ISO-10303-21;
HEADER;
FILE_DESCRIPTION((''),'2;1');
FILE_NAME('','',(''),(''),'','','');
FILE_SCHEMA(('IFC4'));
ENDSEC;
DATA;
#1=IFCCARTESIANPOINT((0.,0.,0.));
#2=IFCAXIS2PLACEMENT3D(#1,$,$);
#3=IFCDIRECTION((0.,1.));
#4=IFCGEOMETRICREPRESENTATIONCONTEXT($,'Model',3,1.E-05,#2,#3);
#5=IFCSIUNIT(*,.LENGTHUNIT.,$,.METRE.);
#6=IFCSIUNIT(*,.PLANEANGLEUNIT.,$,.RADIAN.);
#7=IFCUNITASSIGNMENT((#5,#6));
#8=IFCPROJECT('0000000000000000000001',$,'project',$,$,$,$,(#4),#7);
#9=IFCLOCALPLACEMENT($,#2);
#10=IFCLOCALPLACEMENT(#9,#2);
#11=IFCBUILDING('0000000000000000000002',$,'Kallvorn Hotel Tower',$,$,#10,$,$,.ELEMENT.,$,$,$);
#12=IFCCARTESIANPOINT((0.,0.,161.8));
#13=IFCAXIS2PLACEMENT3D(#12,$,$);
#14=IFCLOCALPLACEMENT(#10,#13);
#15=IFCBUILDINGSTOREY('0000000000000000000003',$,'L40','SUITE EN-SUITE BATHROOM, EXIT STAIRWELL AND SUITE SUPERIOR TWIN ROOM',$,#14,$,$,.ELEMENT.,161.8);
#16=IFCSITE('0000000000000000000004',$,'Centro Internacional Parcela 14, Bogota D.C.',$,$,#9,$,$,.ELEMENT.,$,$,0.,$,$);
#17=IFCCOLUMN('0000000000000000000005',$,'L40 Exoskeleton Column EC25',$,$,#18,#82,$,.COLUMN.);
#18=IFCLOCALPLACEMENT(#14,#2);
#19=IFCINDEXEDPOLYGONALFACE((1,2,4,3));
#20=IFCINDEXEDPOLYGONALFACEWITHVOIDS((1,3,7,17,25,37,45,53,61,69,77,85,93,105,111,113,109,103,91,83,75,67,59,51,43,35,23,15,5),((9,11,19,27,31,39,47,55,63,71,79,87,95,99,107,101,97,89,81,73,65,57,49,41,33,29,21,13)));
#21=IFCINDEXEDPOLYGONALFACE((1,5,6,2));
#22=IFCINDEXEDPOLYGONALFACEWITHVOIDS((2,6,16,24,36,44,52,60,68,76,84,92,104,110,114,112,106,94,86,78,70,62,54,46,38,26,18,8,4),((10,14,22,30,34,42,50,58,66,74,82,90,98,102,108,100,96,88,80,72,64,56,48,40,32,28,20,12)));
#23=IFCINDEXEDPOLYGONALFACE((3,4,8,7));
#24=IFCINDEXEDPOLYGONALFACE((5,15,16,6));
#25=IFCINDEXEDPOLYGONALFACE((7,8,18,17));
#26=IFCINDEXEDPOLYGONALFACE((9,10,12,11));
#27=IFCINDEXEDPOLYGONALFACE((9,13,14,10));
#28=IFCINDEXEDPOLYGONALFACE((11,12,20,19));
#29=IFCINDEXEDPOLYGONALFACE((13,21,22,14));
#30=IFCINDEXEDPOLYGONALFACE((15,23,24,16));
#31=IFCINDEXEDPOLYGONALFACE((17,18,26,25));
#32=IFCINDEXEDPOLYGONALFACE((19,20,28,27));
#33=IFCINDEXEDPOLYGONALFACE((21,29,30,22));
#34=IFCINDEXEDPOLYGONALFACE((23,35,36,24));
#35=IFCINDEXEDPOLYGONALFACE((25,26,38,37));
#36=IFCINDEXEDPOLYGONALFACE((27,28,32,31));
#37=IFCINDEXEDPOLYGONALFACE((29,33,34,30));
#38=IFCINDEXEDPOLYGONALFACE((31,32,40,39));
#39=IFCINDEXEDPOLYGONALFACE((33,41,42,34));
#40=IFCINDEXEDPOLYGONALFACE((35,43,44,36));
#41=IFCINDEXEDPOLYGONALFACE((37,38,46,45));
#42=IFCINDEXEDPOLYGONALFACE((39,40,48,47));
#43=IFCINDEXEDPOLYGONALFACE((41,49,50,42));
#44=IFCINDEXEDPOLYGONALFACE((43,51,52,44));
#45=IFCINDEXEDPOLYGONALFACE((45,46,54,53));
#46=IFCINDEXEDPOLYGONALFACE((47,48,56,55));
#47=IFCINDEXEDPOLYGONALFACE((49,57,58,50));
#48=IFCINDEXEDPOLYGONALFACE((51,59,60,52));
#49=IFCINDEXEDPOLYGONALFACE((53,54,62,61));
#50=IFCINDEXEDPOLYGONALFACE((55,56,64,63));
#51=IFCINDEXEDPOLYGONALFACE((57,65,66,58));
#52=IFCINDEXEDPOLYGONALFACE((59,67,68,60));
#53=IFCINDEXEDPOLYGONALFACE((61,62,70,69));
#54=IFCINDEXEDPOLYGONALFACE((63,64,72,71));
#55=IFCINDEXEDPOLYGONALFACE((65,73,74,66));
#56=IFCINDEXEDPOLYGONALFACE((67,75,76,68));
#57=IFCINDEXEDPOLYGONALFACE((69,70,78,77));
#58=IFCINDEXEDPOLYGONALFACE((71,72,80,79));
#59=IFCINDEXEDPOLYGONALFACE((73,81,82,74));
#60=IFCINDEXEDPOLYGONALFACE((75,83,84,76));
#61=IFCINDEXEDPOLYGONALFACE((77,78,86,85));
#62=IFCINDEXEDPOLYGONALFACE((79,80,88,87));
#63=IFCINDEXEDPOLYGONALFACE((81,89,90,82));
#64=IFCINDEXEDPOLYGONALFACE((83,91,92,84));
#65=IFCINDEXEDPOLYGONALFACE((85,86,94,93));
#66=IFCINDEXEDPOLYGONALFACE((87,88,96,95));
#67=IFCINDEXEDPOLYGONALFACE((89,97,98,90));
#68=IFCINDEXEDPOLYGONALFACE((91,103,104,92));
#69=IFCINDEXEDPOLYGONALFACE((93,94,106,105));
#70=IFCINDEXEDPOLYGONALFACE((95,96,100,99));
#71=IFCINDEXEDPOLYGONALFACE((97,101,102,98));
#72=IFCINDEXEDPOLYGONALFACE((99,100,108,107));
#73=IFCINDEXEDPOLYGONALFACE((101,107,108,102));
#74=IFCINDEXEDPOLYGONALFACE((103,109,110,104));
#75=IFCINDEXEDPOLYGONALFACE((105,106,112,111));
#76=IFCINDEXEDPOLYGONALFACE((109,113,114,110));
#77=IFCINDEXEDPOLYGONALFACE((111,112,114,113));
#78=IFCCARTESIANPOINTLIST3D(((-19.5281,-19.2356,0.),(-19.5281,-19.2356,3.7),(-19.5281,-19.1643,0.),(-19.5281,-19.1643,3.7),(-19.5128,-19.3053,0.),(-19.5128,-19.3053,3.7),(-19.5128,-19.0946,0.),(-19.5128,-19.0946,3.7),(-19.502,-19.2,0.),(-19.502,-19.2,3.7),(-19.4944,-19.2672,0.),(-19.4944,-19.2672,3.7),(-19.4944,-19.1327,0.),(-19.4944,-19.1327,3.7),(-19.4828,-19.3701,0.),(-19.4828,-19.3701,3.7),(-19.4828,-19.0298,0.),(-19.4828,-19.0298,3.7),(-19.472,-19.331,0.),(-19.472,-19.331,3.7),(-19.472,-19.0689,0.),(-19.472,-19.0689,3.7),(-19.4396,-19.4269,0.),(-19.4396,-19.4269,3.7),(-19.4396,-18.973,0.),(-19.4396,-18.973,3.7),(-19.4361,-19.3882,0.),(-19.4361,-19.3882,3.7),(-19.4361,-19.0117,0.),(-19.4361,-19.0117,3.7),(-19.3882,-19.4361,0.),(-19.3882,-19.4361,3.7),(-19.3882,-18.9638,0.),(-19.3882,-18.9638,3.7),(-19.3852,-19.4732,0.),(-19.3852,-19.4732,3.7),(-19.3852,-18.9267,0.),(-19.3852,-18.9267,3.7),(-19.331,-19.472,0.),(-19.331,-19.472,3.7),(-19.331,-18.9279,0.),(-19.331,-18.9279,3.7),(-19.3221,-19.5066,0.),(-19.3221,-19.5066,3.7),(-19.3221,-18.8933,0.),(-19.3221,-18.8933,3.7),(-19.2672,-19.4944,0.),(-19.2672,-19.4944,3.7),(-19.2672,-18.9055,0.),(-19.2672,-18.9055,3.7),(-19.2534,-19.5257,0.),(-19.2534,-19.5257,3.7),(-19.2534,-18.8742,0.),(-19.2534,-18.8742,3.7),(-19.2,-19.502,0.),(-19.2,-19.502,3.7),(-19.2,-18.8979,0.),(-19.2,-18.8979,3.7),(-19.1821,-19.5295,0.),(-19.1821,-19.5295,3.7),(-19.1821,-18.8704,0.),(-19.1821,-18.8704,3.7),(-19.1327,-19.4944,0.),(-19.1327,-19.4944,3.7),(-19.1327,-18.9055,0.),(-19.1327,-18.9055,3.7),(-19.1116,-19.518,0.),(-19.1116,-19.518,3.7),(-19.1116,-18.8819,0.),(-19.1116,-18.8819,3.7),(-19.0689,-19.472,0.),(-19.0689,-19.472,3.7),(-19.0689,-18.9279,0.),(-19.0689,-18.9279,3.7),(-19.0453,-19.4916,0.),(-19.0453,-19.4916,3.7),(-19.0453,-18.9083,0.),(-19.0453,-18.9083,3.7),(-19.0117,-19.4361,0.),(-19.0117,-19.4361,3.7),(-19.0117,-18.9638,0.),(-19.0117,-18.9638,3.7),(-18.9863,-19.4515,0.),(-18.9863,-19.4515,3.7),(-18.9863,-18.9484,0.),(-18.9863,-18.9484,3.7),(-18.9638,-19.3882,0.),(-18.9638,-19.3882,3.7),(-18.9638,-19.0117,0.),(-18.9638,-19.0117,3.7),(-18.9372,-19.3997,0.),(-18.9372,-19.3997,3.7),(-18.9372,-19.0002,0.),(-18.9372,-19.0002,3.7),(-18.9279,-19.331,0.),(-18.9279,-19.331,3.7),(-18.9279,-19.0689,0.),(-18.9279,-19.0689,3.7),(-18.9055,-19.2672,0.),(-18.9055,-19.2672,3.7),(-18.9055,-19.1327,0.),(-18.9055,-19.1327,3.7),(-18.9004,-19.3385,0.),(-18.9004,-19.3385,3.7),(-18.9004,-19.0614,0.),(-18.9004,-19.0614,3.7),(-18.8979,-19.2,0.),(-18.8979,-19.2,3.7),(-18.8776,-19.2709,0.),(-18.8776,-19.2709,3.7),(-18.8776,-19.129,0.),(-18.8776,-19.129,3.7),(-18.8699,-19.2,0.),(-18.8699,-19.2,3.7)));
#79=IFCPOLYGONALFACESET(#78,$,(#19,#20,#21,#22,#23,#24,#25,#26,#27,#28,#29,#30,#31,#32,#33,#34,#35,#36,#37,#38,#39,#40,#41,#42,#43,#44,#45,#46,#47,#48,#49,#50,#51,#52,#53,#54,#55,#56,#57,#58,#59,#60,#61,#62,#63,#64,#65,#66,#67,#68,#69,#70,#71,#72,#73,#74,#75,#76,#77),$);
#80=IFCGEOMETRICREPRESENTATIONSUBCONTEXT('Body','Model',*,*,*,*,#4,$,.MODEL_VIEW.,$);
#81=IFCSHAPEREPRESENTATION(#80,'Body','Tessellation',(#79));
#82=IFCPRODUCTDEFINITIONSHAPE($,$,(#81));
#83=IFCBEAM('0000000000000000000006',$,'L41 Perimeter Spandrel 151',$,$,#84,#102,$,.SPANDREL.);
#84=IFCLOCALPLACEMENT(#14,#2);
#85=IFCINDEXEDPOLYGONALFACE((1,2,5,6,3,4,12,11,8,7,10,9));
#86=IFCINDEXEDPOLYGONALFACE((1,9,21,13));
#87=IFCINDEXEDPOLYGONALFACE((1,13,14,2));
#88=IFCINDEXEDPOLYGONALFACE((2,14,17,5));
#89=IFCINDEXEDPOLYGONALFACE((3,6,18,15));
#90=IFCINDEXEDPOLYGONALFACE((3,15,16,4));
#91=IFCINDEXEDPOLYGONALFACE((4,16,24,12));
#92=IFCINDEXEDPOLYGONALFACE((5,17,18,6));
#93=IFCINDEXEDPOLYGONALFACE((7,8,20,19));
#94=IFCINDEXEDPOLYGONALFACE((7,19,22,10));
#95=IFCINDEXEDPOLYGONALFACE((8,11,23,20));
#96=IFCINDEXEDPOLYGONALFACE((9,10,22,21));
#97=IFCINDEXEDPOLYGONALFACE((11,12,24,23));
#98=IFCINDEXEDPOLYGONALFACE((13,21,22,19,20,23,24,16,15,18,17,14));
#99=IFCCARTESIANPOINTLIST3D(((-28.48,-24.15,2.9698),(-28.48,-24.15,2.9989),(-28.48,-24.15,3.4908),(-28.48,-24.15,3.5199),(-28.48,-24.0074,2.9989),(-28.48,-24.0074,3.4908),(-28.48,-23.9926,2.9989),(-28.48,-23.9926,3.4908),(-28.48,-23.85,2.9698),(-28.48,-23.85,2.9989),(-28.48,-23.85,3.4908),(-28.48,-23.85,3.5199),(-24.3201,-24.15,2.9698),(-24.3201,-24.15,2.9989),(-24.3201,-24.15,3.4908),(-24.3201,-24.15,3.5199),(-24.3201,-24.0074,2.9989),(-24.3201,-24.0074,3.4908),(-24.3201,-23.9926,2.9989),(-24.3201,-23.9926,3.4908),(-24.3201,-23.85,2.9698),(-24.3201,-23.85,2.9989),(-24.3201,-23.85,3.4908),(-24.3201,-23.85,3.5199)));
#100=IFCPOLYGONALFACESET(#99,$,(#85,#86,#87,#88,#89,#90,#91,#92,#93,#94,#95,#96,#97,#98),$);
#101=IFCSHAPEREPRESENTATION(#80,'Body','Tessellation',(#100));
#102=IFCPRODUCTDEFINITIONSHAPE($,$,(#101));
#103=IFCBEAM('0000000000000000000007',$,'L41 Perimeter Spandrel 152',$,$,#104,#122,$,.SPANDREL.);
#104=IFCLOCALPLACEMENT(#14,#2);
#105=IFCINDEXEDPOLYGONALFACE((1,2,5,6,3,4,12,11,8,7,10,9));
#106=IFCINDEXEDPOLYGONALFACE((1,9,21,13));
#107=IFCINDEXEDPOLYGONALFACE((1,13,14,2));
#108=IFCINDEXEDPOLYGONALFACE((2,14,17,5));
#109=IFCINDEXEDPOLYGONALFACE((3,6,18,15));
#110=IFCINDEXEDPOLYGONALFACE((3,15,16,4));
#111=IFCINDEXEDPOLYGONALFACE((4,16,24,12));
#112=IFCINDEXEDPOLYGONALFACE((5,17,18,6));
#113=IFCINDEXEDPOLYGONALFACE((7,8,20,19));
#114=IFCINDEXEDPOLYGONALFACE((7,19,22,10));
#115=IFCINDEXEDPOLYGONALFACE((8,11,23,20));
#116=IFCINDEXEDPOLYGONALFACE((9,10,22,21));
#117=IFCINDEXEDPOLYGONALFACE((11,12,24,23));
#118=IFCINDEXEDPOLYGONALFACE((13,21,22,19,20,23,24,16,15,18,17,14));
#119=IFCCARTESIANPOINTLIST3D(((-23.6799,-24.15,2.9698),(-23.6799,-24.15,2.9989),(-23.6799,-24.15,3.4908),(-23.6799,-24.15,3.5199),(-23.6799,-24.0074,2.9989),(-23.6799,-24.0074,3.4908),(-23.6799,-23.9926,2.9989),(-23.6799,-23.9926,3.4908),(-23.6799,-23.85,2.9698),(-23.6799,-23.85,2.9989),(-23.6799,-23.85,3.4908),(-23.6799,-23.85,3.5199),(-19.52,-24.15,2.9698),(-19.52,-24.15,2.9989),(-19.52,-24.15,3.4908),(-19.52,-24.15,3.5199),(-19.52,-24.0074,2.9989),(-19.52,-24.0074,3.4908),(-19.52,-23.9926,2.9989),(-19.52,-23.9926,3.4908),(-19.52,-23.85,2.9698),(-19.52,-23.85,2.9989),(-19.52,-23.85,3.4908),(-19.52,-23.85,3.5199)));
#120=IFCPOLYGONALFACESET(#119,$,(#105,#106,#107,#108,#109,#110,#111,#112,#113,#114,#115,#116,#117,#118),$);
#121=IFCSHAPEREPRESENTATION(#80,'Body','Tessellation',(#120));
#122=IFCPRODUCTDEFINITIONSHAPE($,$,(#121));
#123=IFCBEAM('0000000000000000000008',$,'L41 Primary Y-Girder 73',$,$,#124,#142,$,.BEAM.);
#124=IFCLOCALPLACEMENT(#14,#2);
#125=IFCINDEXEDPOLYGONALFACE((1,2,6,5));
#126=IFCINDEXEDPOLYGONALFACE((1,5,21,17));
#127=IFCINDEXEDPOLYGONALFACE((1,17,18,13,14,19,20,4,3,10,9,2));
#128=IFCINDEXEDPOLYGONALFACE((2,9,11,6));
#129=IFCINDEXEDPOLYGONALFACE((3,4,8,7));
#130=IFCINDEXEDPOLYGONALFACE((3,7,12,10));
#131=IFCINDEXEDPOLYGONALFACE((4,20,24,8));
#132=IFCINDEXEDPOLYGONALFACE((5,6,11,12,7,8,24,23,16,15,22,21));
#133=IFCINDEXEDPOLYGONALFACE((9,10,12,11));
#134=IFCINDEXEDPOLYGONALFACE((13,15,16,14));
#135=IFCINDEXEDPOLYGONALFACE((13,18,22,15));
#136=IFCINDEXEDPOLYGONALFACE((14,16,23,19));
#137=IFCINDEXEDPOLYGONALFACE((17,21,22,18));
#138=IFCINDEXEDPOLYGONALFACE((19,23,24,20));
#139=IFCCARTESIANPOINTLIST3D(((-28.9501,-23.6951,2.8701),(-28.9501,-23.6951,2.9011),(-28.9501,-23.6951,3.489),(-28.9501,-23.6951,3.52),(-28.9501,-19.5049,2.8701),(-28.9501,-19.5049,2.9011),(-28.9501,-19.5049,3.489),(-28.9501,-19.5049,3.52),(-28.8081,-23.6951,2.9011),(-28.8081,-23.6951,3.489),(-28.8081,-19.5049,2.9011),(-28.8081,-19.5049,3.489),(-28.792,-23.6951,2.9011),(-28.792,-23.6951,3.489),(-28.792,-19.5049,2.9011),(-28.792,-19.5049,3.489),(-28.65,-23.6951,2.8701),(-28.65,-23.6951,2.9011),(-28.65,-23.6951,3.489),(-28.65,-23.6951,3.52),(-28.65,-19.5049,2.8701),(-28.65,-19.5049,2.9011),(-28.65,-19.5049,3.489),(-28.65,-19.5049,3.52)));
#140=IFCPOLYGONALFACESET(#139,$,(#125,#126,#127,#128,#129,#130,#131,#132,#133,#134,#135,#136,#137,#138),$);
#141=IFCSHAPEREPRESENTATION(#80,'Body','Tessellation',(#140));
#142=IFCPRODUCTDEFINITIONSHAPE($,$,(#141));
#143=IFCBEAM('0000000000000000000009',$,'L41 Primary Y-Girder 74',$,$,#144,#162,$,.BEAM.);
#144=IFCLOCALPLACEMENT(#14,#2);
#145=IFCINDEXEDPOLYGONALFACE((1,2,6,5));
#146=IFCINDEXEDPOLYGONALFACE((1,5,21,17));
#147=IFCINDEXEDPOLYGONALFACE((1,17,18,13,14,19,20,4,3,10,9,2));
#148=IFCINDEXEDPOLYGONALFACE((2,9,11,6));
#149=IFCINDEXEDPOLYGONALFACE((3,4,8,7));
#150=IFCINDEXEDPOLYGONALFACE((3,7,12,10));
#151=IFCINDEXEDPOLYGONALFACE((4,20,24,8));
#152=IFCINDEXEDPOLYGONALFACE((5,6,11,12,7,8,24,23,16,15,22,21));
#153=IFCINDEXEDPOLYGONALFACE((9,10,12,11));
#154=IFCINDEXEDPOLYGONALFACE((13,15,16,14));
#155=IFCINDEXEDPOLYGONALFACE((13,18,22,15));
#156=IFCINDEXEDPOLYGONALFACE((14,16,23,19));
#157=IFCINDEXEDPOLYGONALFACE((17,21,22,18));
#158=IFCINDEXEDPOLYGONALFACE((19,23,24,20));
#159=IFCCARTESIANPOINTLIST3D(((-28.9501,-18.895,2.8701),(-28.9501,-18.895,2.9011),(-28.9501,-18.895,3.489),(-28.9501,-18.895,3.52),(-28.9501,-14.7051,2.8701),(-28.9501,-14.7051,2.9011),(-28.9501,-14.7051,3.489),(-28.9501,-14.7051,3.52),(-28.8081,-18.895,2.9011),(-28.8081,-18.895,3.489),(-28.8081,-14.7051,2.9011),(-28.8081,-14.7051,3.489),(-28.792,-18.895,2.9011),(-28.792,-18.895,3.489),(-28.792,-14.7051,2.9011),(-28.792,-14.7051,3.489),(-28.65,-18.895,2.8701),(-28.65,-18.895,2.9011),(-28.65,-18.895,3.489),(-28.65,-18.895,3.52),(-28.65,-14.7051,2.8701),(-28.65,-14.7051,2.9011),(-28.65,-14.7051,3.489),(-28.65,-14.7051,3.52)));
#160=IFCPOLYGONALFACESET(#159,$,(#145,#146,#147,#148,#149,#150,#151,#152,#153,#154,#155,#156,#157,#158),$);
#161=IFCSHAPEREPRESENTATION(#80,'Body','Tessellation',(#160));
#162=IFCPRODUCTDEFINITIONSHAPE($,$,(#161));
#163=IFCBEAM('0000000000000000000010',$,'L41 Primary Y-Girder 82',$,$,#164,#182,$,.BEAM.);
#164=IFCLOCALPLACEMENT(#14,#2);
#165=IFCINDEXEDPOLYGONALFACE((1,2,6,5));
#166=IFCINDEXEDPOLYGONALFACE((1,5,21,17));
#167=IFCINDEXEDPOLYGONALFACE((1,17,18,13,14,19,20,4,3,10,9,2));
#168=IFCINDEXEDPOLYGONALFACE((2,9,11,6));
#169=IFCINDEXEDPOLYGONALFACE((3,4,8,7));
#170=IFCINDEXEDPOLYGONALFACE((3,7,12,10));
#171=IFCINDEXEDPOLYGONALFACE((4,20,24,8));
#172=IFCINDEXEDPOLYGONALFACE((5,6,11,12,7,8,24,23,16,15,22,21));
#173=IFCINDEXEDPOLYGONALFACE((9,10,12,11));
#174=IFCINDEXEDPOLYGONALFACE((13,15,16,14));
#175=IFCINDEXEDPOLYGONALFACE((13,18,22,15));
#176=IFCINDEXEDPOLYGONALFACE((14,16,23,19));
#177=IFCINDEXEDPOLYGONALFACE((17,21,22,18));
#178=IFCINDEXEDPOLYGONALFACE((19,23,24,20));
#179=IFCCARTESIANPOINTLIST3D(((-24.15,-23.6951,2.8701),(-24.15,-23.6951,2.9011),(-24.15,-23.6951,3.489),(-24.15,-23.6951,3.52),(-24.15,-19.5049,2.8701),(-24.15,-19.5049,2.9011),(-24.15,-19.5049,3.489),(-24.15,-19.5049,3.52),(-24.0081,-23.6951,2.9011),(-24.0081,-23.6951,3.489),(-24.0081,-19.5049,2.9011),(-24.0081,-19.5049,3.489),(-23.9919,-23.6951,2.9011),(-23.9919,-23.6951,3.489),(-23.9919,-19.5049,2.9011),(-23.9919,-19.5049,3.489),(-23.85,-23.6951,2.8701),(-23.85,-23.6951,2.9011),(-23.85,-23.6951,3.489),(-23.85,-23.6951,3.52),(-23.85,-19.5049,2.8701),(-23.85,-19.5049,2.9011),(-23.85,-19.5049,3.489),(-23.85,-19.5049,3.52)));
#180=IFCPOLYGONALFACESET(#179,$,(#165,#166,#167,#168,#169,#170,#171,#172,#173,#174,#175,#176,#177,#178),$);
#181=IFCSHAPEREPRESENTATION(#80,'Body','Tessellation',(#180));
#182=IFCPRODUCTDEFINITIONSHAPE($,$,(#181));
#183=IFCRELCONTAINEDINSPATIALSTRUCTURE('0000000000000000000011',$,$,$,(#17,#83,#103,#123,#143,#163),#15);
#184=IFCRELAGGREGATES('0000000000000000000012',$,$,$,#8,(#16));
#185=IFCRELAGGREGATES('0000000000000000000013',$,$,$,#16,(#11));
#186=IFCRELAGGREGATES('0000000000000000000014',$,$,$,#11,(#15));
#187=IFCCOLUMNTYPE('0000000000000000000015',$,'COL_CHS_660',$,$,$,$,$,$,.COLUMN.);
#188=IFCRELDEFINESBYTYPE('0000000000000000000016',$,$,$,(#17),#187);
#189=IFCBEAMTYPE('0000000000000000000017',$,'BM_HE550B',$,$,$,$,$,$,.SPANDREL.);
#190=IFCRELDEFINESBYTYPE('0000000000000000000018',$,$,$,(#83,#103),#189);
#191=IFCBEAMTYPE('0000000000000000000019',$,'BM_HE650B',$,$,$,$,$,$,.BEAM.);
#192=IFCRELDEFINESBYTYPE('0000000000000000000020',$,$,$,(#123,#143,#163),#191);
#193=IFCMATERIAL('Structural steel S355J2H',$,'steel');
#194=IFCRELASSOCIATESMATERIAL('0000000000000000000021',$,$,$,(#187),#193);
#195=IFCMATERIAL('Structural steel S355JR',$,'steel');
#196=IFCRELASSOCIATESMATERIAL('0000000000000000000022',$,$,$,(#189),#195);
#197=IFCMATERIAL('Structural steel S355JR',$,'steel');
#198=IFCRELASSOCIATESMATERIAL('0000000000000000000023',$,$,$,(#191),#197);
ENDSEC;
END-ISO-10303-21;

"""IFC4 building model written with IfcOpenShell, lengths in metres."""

from ifc_helpers import new_model, si_unit, direction, frame, origin, origin_2d, place, context, subcontext, project, spatial, hollow_circle, i_section, extrude, material, material_profile, profile_set, type_object, element, save


model = new_model("IFC4")

# Units and contexts
model_context = context("Model", 3, precision=1e-05, world=origin(), true_north=direction((0.0, 1.0)))
body_context = subcontext(model_context, "Body", "Model", "MODEL_VIEW")
ifc_project = project(units=[si_unit("LENGTHUNIT", "METRE"), si_unit("PLANEANGLEUNIT", "RADIAN")], contexts=[model_context])

# Site, building, storey
site_placement = place(None, origin())
site = spatial("IfcSite", under=ifc_project, at=site_placement, Name="Centro Internacional Parcela 14, Bogota D.C.", CompositionType="ELEMENT", RefElevation=0.0)
building_placement = place(site_placement, origin())
building = spatial("IfcBuilding", under=site, at=building_placement, Name="Kallvorn Hotel Tower", CompositionType="ELEMENT")
storey_placement = place(building_placement, frame((0.0, 0.0, 161.8)))
storey = spatial("IfcBuildingStorey", under=building, at=storey_placement, Name="L40", Description="SUITE EN-SUITE BATHROOM, EXIT STAIRWELL AND SUITE SUPERIOR TWIN ROOM", CompositionType="ELEMENT", Elevation=161.8)

# Column
ifc_material_1 = material(Name="Structural steel S355J2H", Category="steel")
ifc_material_profile_1 = material_profile(ifc_material_1, hollow_circle(Radius=0.3301, WallThickness=0.0281, at=origin_2d()), Name="CHS 660x28")
ifc_profile_set_1 = profile_set([ifc_material_profile_1], Name="Structural steel S355J2H")
column_type = type_object("IfcColumnType", Name="COL_CHS_660", PredefinedType="COLUMN", material=ifc_profile_set_1)
for number, where, z_axis, x_axis, name in (
    (1, (-19.2, -19.2, 0.0), (0.0, 0.0, 1.0), (1.0, 0.0, 0.0), "L40 Exoskeleton Column EC25"),
):
    element("IfcColumn", number, at=place(storey_placement, frame(where, z_axis=z_axis, x_axis=x_axis)), inside=storey, type_object=column_type, Name=name, PredefinedType="COLUMN", context=body_context, shape_type="SweptSolid", body=[
        extrude(hollow_circle(Radius=0.3301, WallThickness=0.0281, at=origin_2d()), origin(), (0.0, 0.0, 1.0), 3.7),
    ])

# Beams
ifc_material_2 = material(Name="Structural steel S355JR", Category="steel")
ifc_material_profile_2 = material_profile(ifc_material_2, i_section(OverallWidth=0.3, OverallDepth=0.55, WebThickness=0.0149, FlangeThickness=0.0291, at=origin_2d()), Name="HE 550 B")
ifc_profile_set_2 = profile_set([ifc_material_profile_2], Name="Structural steel S355JR")
beam_type_1 = type_object("IfcBeamType", Name="BM_HE550B", PredefinedType="SPANDREL", material=ifc_profile_set_2)
for number, where, z_axis, x_axis, name in (
    (2, (-28.48, -24.0, 3.2449), (1.0, 0.0, 0.0), (0.0, 1.0, 0.0), "L41 Perimeter Spandrel 151"),
    (3, (-23.6799, -24.0, 3.2449), (1.0, 0.0, 0.0), (0.0, 1.0, 0.0), "L41 Perimeter Spandrel 152"),
):
    element("IfcBeam", number, at=place(storey_placement, frame(where, z_axis=z_axis, x_axis=x_axis)), inside=storey, type_object=beam_type_1, Name=name, PredefinedType="SPANDREL", context=body_context, shape_type="SweptSolid", body=[
        extrude(i_section(OverallWidth=0.3, OverallDepth=0.55, WebThickness=0.0149, FlangeThickness=0.0291, at=origin_2d()), origin(), (0.0, 0.0, 1.0), 4.1599),
    ])
ifc_material_3 = material(Name="Structural steel S355JR", Category="steel")
ifc_material_profile_3 = material_profile(ifc_material_3, i_section(OverallWidth=0.3, OverallDepth=0.6499, WebThickness=0.0161, FlangeThickness=0.031, at=origin_2d()), Name="HE 650 B")
ifc_profile_set_3 = profile_set([ifc_material_profile_3], Name="Structural steel S355JR")
beam_type_2 = type_object("IfcBeamType", Name="BM_HE650B", PredefinedType="BEAM", material=ifc_profile_set_3)
beam_1_placement = place(storey_placement, frame((-28.8, -23.6951, 3.1951), z_axis=(0.0, 1.0, 0.0), x_axis=(-1.0, 0.0, 0.0)))
element("IfcBeam", 4, at=beam_1_placement, inside=storey, type_object=beam_type_2, Name="L41 Primary Y-Girder 73", PredefinedType="BEAM", context=body_context, shape_type="SweptSolid", body=[
    extrude(i_section(OverallWidth=0.3, OverallDepth=0.6499, WebThickness=0.0161, FlangeThickness=0.031, at=origin_2d()), origin(), (0.0, 0.0, 1.0), 4.1902),
])
beam_2_placement = place(storey_placement, frame((-28.8, -18.895, 3.1951), z_axis=(0.0, 1.0, 0.0), x_axis=(-1.0, 0.0, 0.0)))
element("IfcBeam", 5, at=beam_2_placement, inside=storey, type_object=beam_type_2, Name="L41 Primary Y-Girder 74", PredefinedType="BEAM", context=body_context, shape_type="SweptSolid", body=[
    extrude(i_section(OverallWidth=0.3, OverallDepth=0.6499, WebThickness=0.0161, FlangeThickness=0.031, at=origin_2d()), origin(), (0.0, 0.0, 1.0), 4.1899),
])
beam_3_placement = place(storey_placement, frame((-24.0, -23.6951, 3.1951), z_axis=(0.0, 1.0, 0.0), x_axis=(-1.0, 0.0, 0.0)))
element("IfcBeam", 6, at=beam_3_placement, inside=storey, type_object=beam_type_2, Name="L41 Primary Y-Girder 82", PredefinedType="BEAM", context=body_context, shape_type="SweptSolid", body=[
    extrude(i_section(OverallWidth=0.3, OverallDepth=0.6499, WebThickness=0.0161, FlangeThickness=0.031, at=origin_2d()), origin(), (0.0, 0.0, 1.0), 4.1902),
])

save(model, "model.ifc")
